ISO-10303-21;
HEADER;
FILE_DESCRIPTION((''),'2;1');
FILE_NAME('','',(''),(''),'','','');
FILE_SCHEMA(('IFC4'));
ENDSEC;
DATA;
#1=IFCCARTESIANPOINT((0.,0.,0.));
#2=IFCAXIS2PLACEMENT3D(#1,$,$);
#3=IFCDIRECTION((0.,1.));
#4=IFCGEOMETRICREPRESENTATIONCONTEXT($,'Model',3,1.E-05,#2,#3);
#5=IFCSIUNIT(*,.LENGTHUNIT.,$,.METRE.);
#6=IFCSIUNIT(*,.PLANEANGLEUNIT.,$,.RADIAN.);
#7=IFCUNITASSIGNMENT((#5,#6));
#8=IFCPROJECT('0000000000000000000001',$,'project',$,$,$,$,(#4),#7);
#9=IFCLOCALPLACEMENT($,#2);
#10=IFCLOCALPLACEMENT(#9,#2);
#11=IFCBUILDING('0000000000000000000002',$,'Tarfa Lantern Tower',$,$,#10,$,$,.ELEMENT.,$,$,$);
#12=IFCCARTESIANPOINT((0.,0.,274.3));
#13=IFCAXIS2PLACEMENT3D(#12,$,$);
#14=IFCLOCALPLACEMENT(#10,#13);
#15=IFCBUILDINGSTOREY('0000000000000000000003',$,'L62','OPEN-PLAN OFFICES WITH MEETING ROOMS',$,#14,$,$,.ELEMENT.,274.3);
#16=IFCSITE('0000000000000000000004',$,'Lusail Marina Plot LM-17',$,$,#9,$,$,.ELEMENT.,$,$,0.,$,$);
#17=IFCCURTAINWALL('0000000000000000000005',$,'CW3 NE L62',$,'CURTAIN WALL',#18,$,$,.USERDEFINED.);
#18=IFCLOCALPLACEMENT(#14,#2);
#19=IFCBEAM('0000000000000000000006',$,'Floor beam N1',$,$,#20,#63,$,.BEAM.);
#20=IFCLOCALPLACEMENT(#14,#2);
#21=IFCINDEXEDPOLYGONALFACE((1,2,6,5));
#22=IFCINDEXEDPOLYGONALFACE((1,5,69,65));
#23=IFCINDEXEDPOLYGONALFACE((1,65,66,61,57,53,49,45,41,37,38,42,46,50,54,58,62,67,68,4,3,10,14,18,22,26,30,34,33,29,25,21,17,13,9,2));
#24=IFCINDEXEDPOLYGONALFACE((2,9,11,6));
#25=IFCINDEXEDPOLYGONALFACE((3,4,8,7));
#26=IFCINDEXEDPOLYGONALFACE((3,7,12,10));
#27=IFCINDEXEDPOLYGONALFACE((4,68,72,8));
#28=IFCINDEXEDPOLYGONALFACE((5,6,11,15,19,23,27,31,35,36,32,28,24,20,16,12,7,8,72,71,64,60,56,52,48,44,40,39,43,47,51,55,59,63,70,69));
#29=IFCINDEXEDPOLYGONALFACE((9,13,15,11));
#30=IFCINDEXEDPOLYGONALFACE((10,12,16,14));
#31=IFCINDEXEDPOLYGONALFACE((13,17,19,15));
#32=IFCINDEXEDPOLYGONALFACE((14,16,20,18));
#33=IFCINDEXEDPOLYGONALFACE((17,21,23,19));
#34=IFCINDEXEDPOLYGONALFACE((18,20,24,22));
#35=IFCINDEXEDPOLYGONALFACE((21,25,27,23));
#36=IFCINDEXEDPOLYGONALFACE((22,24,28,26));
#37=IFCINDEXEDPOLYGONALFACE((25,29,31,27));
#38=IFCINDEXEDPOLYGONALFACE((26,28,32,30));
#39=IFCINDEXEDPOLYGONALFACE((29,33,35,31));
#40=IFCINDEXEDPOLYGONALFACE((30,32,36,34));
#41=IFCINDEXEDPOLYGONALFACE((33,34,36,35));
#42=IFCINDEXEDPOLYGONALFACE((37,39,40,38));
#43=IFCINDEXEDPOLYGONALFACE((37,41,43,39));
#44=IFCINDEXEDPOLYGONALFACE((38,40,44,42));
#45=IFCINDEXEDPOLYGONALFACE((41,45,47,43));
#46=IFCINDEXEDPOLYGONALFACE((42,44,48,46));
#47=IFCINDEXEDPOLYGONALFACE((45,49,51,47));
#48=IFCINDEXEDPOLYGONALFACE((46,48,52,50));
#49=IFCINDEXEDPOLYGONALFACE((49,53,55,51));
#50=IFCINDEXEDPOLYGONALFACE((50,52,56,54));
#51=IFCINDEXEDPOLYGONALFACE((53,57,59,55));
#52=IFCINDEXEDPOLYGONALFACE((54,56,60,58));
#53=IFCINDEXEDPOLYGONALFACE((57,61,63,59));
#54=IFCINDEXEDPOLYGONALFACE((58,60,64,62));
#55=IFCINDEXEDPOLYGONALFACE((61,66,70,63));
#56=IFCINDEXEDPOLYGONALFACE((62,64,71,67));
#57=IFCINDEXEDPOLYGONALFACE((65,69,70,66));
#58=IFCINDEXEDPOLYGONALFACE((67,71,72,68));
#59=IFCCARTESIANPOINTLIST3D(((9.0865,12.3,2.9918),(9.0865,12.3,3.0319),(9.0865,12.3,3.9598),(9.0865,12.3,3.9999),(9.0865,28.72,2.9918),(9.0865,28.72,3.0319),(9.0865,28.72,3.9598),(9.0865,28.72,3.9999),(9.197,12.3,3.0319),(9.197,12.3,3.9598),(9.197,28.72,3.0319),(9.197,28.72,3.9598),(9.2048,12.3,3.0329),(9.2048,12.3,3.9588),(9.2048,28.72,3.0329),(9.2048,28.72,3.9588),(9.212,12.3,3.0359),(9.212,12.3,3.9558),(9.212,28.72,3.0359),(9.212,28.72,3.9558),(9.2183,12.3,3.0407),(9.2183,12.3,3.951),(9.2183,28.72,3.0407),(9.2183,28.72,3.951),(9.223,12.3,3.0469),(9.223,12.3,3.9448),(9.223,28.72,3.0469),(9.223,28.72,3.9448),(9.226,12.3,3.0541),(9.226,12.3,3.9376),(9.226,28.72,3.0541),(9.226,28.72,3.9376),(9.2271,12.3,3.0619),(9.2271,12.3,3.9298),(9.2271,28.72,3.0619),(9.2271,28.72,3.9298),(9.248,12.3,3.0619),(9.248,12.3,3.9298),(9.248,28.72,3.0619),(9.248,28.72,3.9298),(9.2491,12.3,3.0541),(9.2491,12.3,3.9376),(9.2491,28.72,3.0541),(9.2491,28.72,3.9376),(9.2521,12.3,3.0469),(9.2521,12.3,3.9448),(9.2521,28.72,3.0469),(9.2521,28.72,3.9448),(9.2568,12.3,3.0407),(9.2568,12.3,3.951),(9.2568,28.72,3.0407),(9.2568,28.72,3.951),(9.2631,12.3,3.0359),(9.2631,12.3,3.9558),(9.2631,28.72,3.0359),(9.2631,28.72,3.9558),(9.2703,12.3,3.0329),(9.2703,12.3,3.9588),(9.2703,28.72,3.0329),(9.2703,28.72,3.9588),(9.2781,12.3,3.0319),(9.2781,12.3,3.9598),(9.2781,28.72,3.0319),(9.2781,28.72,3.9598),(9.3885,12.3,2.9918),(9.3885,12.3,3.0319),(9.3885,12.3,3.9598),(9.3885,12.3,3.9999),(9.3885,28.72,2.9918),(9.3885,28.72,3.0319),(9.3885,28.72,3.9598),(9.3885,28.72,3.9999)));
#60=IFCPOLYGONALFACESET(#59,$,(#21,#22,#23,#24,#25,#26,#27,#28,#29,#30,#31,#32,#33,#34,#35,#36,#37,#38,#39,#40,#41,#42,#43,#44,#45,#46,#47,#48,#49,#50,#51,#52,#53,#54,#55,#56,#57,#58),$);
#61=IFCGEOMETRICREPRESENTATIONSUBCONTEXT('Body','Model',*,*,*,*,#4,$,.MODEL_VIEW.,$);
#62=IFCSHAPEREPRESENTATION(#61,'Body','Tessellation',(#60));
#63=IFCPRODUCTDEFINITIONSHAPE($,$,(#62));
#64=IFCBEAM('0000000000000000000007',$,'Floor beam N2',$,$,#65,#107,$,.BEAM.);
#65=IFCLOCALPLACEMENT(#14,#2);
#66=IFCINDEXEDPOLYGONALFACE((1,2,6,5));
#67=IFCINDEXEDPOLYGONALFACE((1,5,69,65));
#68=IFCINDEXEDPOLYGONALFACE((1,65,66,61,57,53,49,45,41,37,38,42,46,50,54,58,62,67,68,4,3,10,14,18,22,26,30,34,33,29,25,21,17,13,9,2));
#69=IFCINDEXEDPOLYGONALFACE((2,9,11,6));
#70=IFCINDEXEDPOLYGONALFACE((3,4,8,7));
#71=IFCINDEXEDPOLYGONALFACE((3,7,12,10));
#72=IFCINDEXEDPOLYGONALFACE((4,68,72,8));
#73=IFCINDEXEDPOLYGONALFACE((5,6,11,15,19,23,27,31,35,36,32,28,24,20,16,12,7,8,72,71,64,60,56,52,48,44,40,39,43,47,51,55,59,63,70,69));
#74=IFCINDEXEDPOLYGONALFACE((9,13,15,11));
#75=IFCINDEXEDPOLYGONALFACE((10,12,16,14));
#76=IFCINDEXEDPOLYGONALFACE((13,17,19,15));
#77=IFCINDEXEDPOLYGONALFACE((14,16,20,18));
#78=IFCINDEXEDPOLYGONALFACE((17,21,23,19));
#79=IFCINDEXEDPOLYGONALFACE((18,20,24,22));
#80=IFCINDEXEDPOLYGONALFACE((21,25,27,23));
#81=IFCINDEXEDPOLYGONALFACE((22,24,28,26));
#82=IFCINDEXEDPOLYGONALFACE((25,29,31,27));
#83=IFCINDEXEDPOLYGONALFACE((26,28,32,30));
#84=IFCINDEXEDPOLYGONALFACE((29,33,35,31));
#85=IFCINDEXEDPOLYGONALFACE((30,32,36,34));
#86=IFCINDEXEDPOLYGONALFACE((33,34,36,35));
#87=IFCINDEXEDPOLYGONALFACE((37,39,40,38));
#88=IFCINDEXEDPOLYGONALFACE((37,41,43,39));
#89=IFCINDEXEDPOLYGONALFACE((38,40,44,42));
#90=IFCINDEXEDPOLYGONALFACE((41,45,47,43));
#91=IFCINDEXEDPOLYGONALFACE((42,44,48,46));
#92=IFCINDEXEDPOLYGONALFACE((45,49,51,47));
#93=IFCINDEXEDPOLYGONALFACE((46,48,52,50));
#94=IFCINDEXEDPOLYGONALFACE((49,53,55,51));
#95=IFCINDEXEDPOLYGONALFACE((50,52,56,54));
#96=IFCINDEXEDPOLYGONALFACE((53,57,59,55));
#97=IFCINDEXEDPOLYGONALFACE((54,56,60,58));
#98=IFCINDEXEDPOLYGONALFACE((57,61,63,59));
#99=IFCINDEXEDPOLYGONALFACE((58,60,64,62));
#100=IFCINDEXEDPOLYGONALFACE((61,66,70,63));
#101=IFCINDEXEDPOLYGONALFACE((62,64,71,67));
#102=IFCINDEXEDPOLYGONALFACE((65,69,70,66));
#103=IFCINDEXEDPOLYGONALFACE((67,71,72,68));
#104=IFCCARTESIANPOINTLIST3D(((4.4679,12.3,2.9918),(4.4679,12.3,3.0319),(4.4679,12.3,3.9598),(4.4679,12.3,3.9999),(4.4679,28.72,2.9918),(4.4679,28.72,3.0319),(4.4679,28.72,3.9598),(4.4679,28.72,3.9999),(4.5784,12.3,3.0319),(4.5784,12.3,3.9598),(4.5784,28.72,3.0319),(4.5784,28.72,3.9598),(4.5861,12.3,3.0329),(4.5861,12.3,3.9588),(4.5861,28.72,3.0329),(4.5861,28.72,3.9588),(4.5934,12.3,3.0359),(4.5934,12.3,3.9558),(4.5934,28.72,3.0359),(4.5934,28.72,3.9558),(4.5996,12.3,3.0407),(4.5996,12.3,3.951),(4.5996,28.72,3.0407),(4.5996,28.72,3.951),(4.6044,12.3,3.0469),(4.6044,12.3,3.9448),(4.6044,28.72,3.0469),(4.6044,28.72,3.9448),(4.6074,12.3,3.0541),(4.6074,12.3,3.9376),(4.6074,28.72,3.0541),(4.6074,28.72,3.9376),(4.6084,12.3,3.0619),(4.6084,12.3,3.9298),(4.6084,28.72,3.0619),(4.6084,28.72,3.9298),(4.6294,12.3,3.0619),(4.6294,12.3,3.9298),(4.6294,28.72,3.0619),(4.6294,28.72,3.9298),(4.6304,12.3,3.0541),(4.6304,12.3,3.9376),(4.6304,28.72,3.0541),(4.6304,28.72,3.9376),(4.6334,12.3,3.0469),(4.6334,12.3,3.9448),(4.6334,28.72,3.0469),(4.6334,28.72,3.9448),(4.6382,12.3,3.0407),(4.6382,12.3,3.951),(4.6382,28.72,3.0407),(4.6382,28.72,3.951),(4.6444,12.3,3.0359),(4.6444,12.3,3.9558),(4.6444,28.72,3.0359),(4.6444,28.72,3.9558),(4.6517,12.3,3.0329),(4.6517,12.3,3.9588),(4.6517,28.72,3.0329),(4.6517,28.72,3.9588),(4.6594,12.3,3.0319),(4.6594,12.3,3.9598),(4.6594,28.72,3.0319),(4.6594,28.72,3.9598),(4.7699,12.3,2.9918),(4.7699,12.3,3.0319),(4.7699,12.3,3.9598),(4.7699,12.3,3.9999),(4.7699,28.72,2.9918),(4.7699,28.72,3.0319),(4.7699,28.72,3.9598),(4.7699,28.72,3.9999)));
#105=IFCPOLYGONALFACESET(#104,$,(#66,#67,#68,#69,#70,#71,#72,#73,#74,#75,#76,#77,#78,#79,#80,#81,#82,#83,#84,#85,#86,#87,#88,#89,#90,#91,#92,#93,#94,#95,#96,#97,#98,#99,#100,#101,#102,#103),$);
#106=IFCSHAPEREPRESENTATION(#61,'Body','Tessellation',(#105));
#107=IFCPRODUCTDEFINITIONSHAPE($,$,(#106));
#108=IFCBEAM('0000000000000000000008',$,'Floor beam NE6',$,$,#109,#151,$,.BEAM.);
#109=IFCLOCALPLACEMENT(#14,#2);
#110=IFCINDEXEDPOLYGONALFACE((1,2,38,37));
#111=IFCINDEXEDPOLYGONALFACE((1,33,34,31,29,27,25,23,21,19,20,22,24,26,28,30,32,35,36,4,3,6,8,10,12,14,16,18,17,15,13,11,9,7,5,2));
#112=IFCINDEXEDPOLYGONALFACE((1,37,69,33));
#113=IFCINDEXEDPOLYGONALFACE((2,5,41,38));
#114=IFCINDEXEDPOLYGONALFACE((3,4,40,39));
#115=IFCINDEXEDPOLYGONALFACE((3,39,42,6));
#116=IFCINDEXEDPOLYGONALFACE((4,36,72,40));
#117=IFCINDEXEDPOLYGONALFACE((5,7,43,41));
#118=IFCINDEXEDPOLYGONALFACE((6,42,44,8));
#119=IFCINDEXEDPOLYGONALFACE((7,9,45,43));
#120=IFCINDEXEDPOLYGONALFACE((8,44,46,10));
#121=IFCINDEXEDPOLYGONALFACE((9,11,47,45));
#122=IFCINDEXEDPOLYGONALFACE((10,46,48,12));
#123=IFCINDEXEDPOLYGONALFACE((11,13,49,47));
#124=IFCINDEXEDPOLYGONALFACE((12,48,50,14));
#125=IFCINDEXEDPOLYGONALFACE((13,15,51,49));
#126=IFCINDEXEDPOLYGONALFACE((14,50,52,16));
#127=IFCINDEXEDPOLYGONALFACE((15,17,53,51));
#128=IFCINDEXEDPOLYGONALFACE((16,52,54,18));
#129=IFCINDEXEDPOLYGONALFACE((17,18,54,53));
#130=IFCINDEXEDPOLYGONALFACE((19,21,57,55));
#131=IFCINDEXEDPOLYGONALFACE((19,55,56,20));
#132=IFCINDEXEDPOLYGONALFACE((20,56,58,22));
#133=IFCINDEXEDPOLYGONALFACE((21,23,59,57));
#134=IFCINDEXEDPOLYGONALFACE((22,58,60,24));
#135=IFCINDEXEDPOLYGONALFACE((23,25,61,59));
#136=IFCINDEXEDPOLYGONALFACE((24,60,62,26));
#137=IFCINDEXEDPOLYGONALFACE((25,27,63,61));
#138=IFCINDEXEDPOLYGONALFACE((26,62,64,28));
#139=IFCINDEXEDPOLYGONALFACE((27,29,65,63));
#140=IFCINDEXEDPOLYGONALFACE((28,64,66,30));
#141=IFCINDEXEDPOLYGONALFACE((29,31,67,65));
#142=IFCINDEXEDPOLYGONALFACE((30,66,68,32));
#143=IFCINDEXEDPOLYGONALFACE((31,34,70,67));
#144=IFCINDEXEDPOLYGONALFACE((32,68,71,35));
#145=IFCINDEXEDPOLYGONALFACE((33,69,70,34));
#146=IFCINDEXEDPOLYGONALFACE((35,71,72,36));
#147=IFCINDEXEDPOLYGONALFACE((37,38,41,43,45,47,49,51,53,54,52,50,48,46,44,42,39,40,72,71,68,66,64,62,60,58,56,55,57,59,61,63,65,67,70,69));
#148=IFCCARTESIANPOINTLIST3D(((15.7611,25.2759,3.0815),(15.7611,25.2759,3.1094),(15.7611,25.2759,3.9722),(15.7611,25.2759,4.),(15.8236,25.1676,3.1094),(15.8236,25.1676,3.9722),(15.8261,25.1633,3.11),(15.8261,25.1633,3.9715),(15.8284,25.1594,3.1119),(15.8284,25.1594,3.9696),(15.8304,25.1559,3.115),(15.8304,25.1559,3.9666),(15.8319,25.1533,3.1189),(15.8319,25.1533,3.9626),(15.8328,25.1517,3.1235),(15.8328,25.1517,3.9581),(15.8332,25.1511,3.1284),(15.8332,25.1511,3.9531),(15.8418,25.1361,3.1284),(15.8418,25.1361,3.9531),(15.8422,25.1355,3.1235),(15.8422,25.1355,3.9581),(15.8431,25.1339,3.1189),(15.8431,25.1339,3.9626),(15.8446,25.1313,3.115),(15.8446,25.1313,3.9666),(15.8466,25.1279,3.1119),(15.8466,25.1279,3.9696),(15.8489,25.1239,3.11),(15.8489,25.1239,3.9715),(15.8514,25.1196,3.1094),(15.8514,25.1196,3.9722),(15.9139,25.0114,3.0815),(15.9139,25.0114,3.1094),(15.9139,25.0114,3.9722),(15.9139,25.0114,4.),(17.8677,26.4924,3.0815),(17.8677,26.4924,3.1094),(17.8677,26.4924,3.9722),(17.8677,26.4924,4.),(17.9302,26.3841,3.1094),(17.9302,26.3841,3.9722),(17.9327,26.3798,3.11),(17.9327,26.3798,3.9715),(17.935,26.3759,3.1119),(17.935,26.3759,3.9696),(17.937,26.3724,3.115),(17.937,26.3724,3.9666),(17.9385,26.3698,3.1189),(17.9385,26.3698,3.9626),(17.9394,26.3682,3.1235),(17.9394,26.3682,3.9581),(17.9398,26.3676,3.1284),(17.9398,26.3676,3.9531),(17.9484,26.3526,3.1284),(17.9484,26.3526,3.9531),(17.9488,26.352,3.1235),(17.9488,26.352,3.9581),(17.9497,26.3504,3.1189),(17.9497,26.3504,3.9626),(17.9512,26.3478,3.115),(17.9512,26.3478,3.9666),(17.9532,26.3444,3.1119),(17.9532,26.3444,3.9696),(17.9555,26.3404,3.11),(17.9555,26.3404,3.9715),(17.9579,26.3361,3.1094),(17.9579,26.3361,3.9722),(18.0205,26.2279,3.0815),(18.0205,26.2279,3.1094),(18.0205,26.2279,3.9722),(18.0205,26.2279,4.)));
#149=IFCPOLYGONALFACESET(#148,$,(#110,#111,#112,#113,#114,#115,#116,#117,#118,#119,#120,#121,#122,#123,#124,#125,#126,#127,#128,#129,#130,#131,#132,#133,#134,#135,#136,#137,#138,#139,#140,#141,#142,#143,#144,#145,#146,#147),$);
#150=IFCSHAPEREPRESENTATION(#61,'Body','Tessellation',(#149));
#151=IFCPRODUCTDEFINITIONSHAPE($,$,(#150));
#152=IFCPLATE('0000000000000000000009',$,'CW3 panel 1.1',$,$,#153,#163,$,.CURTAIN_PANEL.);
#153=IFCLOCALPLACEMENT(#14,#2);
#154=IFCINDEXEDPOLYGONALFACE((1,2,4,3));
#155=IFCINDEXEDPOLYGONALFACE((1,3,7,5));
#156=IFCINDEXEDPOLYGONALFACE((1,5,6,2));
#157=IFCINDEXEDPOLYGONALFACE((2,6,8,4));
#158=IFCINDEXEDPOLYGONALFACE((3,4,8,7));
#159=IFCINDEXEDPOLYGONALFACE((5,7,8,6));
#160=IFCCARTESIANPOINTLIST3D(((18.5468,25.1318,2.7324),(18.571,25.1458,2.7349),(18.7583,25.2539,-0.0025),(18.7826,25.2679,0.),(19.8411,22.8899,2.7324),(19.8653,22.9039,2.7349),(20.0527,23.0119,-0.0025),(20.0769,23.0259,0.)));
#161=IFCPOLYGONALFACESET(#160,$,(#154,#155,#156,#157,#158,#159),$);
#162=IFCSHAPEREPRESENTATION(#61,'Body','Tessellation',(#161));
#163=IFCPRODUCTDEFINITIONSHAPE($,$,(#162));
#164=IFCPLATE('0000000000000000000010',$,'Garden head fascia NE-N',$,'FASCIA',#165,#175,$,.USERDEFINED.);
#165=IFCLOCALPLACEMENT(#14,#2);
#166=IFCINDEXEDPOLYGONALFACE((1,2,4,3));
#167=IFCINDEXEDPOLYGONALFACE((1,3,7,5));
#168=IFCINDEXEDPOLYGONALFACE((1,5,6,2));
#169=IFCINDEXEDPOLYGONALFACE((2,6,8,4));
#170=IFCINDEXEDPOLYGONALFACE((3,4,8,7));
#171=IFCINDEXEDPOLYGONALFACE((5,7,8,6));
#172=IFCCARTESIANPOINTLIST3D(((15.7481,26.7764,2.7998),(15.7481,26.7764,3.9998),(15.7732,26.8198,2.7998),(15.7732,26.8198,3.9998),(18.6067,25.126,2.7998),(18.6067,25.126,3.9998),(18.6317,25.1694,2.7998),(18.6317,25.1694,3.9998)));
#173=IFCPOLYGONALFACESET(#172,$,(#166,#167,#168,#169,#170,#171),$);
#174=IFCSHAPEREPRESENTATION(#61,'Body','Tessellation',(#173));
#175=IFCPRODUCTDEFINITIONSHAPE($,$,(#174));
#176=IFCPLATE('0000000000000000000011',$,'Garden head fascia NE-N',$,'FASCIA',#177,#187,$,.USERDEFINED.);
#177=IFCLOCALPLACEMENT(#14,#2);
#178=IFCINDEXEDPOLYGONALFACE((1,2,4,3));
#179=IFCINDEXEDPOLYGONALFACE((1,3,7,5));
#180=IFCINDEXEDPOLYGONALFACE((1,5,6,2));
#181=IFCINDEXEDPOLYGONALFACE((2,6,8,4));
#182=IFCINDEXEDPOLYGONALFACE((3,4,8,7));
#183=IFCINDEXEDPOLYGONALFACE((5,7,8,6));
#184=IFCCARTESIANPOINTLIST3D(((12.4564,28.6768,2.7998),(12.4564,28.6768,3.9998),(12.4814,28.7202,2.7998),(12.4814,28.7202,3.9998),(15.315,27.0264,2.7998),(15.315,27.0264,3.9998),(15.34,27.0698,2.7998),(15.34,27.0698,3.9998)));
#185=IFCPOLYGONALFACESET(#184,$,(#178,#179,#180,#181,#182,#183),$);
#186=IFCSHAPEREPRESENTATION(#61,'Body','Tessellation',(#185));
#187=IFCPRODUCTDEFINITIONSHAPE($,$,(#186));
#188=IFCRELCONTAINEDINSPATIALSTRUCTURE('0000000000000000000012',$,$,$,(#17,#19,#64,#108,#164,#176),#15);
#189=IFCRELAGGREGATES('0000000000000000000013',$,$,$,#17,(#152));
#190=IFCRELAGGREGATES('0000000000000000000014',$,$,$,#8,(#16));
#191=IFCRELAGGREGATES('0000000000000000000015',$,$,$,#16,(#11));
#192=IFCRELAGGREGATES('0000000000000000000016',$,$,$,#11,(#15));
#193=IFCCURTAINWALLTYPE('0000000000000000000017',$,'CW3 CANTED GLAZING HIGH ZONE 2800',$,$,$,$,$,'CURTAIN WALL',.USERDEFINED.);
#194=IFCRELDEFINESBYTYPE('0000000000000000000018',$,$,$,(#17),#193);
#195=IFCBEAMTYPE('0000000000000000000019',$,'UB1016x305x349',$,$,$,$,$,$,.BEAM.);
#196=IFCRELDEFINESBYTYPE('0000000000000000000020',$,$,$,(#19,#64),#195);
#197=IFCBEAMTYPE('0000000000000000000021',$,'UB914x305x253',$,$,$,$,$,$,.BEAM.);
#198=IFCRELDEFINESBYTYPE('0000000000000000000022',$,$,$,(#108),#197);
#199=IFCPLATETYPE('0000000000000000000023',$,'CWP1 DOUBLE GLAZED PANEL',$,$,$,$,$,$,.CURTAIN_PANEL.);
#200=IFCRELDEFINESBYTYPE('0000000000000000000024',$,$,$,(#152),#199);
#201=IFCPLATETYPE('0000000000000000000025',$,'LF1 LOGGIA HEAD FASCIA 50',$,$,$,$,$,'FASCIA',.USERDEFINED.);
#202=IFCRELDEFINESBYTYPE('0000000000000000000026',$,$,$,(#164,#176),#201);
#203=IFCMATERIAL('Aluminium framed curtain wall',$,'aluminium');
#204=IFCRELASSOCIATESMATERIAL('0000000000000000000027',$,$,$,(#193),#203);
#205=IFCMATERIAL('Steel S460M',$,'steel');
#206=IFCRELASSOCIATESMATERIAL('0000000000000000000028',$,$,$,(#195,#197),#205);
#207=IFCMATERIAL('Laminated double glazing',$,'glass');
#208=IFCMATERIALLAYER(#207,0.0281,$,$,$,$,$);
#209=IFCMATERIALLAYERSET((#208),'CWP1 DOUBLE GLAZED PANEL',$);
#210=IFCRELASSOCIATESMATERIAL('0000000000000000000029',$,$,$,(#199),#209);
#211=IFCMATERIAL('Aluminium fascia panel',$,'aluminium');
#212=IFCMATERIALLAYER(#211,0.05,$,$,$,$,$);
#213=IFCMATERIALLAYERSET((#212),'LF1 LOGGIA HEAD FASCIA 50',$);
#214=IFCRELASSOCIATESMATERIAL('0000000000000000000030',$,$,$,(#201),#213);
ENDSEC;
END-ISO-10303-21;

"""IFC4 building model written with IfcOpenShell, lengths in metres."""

from ifc_helpers import new_model, si_unit, direction, frame, origin, origin_2d, place, context, subcontext, project, spatial, polyline, rectangle, i_section, outline, extrude, material, layer, layer_set, material_profile, profile_set, type_object, element, aggregate, save


model = new_model("IFC4")

# Units and contexts
model_context = context("Model", 3, precision=1e-05, world=origin(), true_north=direction((0.0, 1.0)))
body_context = subcontext(model_context, "Body", "Model", "MODEL_VIEW")
ifc_project = project(units=[si_unit("LENGTHUNIT", "METRE"), si_unit("PLANEANGLEUNIT", "RADIAN")], contexts=[model_context])

# Site, building, storey
site_placement = place(None, origin())
site = spatial("IfcSite", under=ifc_project, at=site_placement, Name="Lusail Marina Plot LM-17", CompositionType="ELEMENT", RefElevation=0.0)
building_placement = place(site_placement, origin())
building = spatial("IfcBuilding", under=site, at=building_placement, Name="Tarfa Lantern Tower", CompositionType="ELEMENT")
storey_placement = place(building_placement, frame((0.0, 0.0, 274.3)))
storey = spatial("IfcBuildingStorey", under=building, at=storey_placement, Name="L62", Description="OPEN-PLAN OFFICES WITH MEETING ROOMS", CompositionType="ELEMENT", Elevation=274.3)

# Curtain wall
ifc_material_1 = material(Name="Aluminium framed curtain wall", Category="aluminium")
curtain_wall_type = type_object("IfcCurtainWallType", Name="CW3 CANTED GLAZING HIGH ZONE 2800", ElementType="CURTAIN WALL", PredefinedType="USERDEFINED", material=ifc_material_1)
curtain_wall_placement = place(storey_placement, origin())
curtain_wall = element("IfcCurtainWall", 1, at=curtain_wall_placement, inside=storey, type_object=curtain_wall_type, Name="CW3 NE L62", ObjectType="CURTAIN WALL", PredefinedType="USERDEFINED")

# Beams
ifc_material_2 = material(Name="Steel S460M", Category="steel")
ifc_material_profile_1 = material_profile(ifc_material_2, i_section(OverallWidth=0.302, OverallDepth=1.0081, WebThickness=0.021, FlangeThickness=0.04, FilletRadius=0.03, at=origin_2d()), Name="UB1016x305x349")
ifc_profile_set_1 = profile_set([ifc_material_profile_1], Name="Steel S460M")
beam_type_1 = type_object("IfcBeamType", Name="UB1016x305x349", PredefinedType="BEAM", material=ifc_profile_set_1)
for number, where, z_axis, x_axis, name in (
    (2, (9.2375, 28.72, 3.4958), (0.0, -1.0, 0.0), (1.0, 0.0, 0.0), "Floor beam N1"),
    (3, (4.6189, 28.72, 3.4958), (0.0, -1.0, 0.0), (1.0, 0.0, 0.0), "Floor beam N2"),
):
    element("IfcBeam", number, at=place(storey_placement, frame(where, z_axis=z_axis, x_axis=x_axis)), inside=storey, type_object=beam_type_1, Name=name, PredefinedType="BEAM", context=body_context, shape_type="SweptSolid", body=[
        extrude(i_section(OverallWidth=0.302, OverallDepth=1.0081, WebThickness=0.021, FlangeThickness=0.04, FilletRadius=0.03, at=origin_2d()), origin(), (0.0, 0.0, 1.0), 16.4199),
    ])
ifc_material_profile_2 = material_profile(ifc_material_2, i_section(OverallWidth=0.3054, OverallDepth=0.9185, WebThickness=0.0173, FlangeThickness=0.0278, FilletRadius=0.019, at=origin_2d()), Name="UB914x305x253")
ifc_profile_set_2 = profile_set([ifc_material_profile_2], Name="Steel S460M")
beam_type_2 = type_object("IfcBeamType", Name="UB914x305x253", PredefinedType="BEAM", material=ifc_profile_set_2)
beam_1_placement = place(storey_placement, frame((17.9441, 26.3601, 3.5408), z_axis=(-0.86598, -0.500079, 0.0), x_axis=(0.500079, -0.86598, 0.0)))
element("IfcBeam", 4, at=beam_1_placement, inside=storey, type_object=beam_type_2, Name="Floor beam NE6", PredefinedType="BEAM", context=body_context, shape_type="SweptSolid", body=[
    extrude(i_section(OverallWidth=0.3054, OverallDepth=0.9185, WebThickness=0.0173, FlangeThickness=0.0278, FilletRadius=0.019, at=origin_2d()), origin(), (0.0, 0.0, 1.0), 2.4326),
])

# Plate
ifc_material_3 = material(Name="Laminated double glazing", Category="glass")
ifc_layer_1 = layer(ifc_material_3, 0.0281)
ifc_layer_set_1 = layer_set([ifc_layer_1], Name="CWP1 DOUBLE GLAZED PANEL")
plate_type_1 = type_object("IfcPlateType", Name="CWP1 DOUBLE GLAZED PANEL", PredefinedType="CURTAIN_PANEL", material=ifc_layer_set_1)
plate_1_placement = place(storey_placement, frame((20.0769, 23.0259, 0.0), z_axis=(0.862605, 0.497996, 0.088952), x_axis=(-0.499979, 0.866038, 0.000004)))
plate_1 = element("IfcPlate", 5, at=plate_1_placement, type_object=plate_type_1, Name="CW3 panel 1.1", PredefinedType="CURTAIN_PANEL", context=body_context, shape_type="SweptSolid", body=[
    extrude(outline(polyline([(0.0, 0.0), (2.5888, 0.0), (2.5888, 2.7457), (0.0001, 2.7458), (0.0, 0.0)])), origin(), (0.0, 0.0, -1.0), 0.0281),
])
aggregate(curtain_wall, [plate_1])

# Plates
ifc_material_4 = material(Name="Aluminium fascia panel", Category="aluminium")
ifc_layer_2 = layer(ifc_material_4, 0.05)
ifc_layer_set_2 = layer_set([ifc_layer_2], Name="LF1 LOGGIA HEAD FASCIA 50")
plate_type_2 = type_object("IfcPlateType", Name="LF1 LOGGIA HEAD FASCIA 50", ElementType="FASCIA", PredefinedType="USERDEFINED", material=ifc_layer_set_2)
for number, where, z_axis, x_axis, name in (
    (6, (17.1899, 25.9729, 2.7998), (0.0, 0.0, 1.0), (-0.866025, 0.5, 0.0), "Garden head fascia NE-N"),
    (7, (13.8982, 27.8733, 2.7998), (0.0, 0.0, 1.0), (-0.866025, 0.5, 0.0), "Garden head fascia NE-N"),
):
    element("IfcPlate", number, at=place(storey_placement, frame(where, z_axis=z_axis, x_axis=x_axis)), inside=storey, type_object=plate_type_2, Name=name, ObjectType="FASCIA", PredefinedType="USERDEFINED", context=body_context, shape_type="SweptSolid", body=[
        extrude(rectangle(XDim=3.3008, YDim=0.05, at=origin_2d()), origin(), (0.0, 0.0, 1.0), 1.2),
    ])

save(model, "model.ifc")
